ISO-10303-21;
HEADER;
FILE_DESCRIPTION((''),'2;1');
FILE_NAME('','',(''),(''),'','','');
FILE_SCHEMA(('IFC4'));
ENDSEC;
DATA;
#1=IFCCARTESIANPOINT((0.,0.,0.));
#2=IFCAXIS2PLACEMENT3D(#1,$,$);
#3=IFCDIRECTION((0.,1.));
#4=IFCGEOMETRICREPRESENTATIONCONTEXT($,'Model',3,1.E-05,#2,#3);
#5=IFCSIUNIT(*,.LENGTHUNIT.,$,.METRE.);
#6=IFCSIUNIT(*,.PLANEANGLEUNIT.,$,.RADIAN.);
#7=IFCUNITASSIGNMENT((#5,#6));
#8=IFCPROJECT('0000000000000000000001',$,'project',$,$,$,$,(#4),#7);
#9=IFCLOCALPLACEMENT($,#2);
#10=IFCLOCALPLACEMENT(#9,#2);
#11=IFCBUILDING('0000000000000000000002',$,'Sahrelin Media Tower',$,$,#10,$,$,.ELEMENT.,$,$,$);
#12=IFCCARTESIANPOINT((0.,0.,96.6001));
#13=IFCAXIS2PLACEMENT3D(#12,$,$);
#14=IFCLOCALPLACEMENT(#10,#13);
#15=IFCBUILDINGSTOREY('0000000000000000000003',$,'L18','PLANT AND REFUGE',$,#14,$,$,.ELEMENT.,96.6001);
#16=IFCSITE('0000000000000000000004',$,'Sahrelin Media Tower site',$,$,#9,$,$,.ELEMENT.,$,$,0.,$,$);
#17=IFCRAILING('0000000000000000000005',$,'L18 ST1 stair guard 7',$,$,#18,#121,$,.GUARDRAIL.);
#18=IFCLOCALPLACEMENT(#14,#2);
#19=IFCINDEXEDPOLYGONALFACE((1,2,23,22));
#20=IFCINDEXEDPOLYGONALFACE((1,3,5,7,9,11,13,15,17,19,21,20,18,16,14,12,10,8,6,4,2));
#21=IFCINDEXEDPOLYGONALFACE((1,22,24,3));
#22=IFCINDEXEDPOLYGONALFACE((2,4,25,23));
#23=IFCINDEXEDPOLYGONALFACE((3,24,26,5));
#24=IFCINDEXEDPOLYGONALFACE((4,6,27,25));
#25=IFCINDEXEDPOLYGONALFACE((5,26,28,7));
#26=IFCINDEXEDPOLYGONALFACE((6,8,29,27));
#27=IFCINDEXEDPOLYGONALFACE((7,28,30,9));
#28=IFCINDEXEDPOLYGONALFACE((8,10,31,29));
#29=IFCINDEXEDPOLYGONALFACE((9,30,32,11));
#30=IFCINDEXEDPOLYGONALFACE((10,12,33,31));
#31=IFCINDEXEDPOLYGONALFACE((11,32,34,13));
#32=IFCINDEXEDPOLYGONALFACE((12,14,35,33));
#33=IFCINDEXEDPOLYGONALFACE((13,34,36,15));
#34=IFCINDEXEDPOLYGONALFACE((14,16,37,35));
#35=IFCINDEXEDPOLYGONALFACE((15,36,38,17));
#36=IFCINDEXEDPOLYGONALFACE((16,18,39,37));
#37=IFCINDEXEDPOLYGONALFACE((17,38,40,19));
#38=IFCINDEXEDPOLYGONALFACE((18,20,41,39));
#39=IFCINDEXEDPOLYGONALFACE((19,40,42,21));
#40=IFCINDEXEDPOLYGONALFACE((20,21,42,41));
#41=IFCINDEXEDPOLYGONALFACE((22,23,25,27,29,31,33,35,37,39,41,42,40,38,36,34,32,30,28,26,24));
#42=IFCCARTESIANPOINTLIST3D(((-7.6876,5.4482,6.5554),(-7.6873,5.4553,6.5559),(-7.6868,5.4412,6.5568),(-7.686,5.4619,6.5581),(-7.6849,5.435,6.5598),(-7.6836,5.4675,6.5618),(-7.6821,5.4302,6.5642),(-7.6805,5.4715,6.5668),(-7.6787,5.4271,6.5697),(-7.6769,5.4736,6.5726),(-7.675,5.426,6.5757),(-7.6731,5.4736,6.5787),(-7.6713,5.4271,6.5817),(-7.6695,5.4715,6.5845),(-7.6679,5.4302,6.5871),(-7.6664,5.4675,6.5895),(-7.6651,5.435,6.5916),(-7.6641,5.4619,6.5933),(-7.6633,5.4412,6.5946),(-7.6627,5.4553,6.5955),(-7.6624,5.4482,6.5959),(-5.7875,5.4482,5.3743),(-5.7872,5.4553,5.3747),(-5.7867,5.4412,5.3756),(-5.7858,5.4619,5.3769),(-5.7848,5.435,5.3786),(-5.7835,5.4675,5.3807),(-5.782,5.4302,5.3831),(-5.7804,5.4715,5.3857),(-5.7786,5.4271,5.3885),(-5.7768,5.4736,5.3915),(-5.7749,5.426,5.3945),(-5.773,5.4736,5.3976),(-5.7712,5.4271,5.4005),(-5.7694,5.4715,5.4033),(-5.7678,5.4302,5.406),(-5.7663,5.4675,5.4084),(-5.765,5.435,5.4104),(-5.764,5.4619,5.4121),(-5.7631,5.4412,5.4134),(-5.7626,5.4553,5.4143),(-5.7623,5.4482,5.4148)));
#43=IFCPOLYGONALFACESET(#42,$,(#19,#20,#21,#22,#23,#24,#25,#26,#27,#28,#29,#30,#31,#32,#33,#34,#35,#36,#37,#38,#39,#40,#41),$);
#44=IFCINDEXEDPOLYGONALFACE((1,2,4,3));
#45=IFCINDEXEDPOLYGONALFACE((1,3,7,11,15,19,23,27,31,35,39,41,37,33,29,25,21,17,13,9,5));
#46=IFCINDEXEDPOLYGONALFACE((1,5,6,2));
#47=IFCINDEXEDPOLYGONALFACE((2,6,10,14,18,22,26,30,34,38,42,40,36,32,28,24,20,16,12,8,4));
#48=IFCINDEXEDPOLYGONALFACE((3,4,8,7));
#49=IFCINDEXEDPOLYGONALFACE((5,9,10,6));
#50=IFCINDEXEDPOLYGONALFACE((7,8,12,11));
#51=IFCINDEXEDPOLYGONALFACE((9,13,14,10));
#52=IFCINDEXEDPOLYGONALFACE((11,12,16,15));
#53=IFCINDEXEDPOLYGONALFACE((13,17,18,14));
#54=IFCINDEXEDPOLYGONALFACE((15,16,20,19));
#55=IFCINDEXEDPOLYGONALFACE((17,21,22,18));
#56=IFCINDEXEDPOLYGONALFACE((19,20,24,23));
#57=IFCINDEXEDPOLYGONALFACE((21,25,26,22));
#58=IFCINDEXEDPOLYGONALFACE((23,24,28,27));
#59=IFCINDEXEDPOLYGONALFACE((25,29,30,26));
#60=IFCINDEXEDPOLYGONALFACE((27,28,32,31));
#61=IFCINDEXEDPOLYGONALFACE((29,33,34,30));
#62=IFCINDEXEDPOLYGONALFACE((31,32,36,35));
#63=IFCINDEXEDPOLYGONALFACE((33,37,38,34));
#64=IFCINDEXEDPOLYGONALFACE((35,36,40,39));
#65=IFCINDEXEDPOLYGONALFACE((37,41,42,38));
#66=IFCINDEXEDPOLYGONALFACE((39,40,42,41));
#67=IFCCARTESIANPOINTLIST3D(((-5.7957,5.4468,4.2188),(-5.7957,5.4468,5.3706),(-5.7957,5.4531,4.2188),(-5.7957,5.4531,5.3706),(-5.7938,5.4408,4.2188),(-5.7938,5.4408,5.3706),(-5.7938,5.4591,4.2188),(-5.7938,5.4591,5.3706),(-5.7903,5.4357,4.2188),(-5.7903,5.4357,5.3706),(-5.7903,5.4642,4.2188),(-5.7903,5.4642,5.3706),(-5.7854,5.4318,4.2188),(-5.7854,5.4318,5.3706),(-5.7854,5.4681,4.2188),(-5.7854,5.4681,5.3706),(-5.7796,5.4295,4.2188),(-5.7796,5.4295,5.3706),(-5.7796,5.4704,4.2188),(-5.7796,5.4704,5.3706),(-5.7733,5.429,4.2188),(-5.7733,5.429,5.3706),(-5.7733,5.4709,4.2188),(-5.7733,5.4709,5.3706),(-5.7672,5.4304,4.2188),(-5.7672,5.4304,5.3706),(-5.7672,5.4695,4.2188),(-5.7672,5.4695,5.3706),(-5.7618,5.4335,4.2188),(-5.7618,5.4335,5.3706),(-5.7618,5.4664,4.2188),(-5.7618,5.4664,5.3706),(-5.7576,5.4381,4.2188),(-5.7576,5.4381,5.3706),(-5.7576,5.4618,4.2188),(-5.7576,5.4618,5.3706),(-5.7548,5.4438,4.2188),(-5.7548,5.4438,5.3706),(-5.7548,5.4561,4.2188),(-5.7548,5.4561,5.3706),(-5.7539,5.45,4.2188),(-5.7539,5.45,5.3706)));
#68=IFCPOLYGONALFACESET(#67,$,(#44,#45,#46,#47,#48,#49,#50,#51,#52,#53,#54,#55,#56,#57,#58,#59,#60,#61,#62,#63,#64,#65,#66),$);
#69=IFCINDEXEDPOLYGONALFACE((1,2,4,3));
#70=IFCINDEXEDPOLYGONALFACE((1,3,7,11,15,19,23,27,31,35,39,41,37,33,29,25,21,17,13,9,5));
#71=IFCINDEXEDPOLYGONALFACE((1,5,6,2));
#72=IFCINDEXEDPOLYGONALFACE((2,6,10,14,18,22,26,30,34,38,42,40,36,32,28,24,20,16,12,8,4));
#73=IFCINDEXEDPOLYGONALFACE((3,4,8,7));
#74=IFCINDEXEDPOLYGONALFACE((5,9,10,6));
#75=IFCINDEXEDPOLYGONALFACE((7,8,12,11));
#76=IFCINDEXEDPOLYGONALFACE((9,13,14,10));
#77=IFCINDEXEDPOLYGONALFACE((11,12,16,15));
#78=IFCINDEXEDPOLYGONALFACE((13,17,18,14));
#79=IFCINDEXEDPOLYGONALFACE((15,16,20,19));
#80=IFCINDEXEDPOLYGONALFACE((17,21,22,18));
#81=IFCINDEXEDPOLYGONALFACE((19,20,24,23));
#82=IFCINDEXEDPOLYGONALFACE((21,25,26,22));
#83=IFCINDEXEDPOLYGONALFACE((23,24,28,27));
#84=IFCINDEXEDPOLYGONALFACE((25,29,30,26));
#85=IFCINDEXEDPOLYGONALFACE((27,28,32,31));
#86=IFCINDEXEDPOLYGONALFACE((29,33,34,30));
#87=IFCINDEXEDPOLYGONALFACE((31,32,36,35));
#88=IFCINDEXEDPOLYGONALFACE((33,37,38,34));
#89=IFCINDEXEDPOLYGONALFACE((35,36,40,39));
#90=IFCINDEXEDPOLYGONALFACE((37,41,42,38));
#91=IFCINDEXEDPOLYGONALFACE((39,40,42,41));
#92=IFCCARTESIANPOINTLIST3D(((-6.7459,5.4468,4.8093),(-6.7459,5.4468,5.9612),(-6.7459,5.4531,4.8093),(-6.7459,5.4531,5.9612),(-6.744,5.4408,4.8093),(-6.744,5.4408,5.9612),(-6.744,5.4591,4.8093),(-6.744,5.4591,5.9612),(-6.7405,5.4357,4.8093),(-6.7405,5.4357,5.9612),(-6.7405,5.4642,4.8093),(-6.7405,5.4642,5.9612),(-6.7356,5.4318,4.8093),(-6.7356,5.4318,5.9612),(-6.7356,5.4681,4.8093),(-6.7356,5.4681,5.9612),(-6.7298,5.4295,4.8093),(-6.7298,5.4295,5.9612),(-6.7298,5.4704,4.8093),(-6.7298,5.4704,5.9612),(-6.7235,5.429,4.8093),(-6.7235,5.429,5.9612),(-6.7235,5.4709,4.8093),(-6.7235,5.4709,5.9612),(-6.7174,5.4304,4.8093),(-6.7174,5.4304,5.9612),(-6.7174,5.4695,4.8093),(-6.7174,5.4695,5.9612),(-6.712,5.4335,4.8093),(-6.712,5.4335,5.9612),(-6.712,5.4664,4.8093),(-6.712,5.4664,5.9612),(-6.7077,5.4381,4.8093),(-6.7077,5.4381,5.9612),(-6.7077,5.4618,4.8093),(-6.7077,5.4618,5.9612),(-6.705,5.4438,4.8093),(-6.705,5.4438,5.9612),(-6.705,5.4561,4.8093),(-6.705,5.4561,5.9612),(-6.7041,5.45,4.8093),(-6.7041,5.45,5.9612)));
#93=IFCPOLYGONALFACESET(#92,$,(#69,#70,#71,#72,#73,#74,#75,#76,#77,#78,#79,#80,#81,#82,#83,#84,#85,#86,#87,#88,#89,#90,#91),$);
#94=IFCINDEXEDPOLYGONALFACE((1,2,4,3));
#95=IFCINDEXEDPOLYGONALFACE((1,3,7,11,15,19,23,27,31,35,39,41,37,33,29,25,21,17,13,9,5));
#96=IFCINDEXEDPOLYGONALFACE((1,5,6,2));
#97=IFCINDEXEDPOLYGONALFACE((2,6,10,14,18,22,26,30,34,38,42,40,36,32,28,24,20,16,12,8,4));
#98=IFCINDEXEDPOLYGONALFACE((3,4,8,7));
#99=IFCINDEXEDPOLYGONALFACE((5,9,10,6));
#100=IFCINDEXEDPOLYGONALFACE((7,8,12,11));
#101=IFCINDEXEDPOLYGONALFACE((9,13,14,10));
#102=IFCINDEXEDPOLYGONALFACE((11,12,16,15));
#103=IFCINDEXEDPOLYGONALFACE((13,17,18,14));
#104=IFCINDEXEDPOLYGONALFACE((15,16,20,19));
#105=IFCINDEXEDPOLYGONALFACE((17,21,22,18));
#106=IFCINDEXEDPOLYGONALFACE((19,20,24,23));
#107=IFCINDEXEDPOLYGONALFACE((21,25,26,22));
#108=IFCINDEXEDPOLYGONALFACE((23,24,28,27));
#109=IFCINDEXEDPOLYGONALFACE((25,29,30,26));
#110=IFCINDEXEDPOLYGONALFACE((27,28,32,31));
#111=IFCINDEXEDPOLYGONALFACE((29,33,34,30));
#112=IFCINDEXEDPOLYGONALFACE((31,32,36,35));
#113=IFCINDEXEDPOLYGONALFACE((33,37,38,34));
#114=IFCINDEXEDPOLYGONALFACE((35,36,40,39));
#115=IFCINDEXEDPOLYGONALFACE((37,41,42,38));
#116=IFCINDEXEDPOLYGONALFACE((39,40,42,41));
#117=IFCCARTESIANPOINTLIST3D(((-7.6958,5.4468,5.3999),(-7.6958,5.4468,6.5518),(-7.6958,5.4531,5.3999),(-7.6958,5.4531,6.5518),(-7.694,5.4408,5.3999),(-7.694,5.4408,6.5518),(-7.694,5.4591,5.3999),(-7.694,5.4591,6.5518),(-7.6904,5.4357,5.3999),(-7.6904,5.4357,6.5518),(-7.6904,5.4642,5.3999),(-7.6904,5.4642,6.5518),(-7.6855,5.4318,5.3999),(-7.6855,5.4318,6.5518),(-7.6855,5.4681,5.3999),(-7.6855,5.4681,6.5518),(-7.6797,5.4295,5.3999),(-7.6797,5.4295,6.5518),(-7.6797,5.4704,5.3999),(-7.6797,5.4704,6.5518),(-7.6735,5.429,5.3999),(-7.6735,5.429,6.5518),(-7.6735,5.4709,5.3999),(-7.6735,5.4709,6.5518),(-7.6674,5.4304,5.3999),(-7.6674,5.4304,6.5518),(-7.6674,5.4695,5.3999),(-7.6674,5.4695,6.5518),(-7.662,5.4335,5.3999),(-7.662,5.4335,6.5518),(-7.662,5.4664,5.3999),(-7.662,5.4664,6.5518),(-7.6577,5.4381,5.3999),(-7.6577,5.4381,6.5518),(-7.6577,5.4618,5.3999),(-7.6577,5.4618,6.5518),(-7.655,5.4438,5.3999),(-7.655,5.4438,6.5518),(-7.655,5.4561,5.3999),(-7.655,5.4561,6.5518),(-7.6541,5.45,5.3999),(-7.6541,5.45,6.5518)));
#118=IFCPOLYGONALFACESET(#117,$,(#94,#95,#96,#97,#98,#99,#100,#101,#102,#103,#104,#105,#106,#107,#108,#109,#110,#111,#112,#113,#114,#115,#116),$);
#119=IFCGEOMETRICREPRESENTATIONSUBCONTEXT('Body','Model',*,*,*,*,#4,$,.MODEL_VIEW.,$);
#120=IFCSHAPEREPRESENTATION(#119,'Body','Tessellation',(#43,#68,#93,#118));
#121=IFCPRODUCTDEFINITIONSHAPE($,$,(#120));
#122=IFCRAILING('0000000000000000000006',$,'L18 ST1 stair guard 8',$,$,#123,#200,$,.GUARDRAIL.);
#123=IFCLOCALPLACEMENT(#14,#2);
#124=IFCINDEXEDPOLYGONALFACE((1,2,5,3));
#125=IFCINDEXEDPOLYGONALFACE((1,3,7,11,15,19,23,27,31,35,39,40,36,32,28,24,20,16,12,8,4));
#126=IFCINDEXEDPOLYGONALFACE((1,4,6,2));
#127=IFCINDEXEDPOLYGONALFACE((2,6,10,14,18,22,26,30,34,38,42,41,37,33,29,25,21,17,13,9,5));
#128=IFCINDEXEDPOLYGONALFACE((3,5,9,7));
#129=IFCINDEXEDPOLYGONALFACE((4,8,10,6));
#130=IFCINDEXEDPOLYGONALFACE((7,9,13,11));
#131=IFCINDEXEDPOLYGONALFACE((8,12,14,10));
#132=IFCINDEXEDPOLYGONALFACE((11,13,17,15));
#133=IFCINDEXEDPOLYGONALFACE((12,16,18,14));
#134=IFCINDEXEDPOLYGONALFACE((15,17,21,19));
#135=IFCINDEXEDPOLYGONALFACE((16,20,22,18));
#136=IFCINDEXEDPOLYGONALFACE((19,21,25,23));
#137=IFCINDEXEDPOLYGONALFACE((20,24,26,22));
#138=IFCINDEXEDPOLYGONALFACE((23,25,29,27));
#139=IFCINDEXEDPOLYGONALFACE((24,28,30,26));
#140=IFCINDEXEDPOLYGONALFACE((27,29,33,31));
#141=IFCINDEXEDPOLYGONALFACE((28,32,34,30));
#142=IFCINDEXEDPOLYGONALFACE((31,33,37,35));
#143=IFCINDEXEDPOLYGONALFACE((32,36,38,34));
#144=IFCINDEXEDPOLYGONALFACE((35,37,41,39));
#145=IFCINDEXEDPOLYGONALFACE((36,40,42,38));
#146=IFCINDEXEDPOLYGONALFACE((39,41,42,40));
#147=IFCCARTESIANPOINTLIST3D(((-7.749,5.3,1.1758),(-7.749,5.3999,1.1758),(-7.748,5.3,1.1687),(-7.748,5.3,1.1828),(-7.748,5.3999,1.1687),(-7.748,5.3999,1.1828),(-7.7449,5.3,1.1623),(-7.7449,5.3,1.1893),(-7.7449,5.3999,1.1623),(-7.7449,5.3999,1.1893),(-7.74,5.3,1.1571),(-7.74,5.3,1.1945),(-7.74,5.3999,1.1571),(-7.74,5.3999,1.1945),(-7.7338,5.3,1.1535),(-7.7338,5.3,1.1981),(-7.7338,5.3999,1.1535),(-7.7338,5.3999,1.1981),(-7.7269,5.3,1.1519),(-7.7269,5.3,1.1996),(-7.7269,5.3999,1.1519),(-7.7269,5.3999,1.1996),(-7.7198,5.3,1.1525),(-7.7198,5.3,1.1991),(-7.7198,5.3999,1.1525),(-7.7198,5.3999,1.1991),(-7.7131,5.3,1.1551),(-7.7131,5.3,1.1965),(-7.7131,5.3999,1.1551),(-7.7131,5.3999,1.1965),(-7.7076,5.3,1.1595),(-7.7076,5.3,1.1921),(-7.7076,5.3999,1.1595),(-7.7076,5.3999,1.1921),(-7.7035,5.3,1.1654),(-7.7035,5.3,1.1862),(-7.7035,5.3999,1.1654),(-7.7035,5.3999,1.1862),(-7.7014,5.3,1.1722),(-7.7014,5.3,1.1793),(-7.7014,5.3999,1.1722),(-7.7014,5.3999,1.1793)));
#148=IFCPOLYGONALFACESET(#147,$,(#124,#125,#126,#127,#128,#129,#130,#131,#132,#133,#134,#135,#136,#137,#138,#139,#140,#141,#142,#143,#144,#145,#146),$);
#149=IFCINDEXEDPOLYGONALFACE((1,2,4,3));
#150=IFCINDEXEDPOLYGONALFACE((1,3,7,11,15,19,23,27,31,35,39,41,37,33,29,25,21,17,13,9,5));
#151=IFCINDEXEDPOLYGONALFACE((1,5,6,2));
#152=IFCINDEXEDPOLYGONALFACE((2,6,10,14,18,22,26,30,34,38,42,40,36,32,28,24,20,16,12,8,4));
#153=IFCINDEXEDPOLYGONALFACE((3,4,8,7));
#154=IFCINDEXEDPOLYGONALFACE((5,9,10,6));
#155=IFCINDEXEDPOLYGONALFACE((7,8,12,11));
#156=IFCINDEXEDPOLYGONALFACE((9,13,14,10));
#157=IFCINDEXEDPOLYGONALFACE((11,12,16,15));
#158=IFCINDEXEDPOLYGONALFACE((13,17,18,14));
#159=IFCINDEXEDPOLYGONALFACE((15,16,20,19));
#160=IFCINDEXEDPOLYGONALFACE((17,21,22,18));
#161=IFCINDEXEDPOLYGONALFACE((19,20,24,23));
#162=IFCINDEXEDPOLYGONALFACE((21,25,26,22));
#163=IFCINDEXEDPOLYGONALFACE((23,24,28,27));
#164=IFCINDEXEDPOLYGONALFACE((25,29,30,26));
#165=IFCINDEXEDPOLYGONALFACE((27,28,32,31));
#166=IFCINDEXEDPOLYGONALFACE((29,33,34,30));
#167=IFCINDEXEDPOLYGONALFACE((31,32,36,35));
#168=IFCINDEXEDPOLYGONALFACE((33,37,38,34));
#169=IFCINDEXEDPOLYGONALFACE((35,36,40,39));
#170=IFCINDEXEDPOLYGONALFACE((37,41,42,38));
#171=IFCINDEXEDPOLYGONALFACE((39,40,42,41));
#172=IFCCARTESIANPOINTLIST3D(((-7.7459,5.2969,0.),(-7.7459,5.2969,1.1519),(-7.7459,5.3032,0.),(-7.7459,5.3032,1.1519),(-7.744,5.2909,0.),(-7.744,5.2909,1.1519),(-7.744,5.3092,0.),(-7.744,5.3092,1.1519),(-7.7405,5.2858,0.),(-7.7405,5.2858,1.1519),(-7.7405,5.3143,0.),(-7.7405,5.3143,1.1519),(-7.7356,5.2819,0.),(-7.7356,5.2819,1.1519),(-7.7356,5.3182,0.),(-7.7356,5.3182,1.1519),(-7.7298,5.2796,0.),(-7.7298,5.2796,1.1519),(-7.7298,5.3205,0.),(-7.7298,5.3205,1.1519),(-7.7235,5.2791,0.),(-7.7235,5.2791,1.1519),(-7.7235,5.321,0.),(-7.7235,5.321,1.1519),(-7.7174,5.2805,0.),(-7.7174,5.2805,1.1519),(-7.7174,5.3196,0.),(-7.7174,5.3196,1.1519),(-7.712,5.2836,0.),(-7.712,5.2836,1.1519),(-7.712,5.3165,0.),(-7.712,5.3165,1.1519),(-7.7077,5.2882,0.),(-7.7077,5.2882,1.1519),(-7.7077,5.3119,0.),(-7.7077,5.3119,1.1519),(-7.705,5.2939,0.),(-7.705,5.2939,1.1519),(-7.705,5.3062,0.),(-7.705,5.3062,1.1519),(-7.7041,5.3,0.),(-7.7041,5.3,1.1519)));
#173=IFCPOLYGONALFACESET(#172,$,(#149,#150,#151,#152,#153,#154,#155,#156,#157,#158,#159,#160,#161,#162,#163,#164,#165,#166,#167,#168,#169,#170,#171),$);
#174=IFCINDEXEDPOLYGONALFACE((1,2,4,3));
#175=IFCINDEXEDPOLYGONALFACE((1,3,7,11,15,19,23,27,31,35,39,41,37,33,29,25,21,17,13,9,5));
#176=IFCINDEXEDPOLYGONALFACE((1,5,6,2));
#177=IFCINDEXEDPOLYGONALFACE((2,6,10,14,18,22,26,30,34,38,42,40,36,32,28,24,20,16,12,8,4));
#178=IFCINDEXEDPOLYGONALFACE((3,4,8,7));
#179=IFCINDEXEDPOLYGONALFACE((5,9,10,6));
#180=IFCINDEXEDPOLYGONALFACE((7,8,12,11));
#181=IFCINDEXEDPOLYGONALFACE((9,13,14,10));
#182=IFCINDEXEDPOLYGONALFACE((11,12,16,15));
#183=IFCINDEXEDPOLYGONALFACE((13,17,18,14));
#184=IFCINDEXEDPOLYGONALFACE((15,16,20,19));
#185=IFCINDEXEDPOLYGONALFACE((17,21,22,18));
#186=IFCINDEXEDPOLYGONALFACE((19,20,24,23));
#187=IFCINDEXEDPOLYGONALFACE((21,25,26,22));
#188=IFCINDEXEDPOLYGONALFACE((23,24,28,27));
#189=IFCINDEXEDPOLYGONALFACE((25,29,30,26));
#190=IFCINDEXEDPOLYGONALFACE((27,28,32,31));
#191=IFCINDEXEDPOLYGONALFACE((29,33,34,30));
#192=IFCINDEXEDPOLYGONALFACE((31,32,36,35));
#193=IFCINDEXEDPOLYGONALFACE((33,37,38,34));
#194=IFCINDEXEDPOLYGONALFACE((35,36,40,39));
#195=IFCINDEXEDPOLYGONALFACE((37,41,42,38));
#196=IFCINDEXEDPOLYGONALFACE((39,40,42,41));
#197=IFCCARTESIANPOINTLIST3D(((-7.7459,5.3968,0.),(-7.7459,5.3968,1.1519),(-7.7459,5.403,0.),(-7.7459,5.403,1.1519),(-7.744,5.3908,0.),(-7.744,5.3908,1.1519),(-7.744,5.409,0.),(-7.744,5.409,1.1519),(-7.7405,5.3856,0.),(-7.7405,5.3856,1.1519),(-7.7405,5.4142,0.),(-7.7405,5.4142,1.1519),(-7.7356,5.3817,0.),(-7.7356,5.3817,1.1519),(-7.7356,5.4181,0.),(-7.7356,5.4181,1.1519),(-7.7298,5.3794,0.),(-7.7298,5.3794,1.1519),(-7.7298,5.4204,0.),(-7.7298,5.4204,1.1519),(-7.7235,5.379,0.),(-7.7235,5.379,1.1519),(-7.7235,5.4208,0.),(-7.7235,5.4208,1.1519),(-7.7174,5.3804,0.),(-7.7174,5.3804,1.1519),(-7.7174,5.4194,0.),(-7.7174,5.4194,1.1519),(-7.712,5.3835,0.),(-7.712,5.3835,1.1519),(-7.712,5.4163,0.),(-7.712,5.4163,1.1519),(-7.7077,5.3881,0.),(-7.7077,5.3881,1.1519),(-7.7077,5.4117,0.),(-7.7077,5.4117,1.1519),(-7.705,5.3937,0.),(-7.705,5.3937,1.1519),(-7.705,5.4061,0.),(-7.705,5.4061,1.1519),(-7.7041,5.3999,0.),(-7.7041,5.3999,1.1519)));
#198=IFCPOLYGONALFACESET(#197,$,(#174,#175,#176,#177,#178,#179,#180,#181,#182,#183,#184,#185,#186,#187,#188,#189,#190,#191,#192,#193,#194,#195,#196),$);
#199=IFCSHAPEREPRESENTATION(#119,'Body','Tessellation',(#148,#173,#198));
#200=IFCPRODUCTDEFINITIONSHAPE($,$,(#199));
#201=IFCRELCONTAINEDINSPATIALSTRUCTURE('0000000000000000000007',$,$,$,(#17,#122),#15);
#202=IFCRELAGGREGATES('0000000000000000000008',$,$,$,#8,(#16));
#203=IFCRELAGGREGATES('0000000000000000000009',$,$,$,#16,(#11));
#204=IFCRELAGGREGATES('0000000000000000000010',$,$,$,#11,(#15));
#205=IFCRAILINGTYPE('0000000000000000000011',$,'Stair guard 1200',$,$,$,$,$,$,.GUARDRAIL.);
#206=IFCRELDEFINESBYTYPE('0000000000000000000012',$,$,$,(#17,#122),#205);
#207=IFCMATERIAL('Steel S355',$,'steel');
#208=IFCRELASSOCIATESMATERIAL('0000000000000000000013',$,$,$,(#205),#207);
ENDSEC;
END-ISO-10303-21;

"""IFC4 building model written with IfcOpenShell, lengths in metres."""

from ifc_helpers import new_model, si_unit, direction, frame, origin, origin_2d, place, context, subcontext, project, spatial, circle, extrude, material, type_object, element, save


model = new_model("IFC4")

# Units and contexts
model_context = context("Model", 3, precision=1e-05, world=origin(), true_north=direction((0.0, 1.0)))
body_context = subcontext(model_context, "Body", "Model", "MODEL_VIEW")
ifc_project = project(units=[si_unit("LENGTHUNIT", "METRE"), si_unit("PLANEANGLEUNIT", "RADIAN")], contexts=[model_context])

# Site, building, storey
site_placement = place(None, origin())
site = spatial("IfcSite", under=ifc_project, at=site_placement, Name="Sahrelin Media Tower site", CompositionType="ELEMENT", RefElevation=0.0)
building_placement = place(site_placement, origin())
building = spatial("IfcBuilding", under=site, at=building_placement, Name="Sahrelin Media Tower", CompositionType="ELEMENT")
storey_placement = place(building_placement, frame((0.0, 0.0, 96.6001)))
storey = spatial("IfcBuildingStorey", under=building, at=storey_placement, Name="L18", Description="PLANT AND REFUGE", CompositionType="ELEMENT", Elevation=96.6001)

# Railings
ifc_material_1 = material(Name="Steel S355", Category="steel")
railing_type_1 = type_object("IfcRailingType", Name="Stair guard 1200", PredefinedType="GUARDRAIL", material=ifc_material_1)
railing_1_placement = place(storey_placement, frame((-5.7749, 5.45, 4.2188)))
element("IfcRailing", 1, at=railing_1_placement, inside=storey, type_object=railing_type_1, Name="L18 ST1 stair guard 7", PredefinedType="GUARDRAIL", context=body_context, shape_type="SweptSolid", body=[
    extrude(circle(Radius=0.0239, at=origin_2d()), frame((0.0, 0.0, 1.1758), z_axis=(-0.849289, 0.0, 0.527928), x_axis=(0.0, -1.0, 0.0)), (0.0, 0.0, 1.0), 2.2373),
    extrude(circle(Radius=0.021, at=origin_2d()), origin(), (0.0, 0.0, 1.0), 1.1519),
    extrude(circle(Radius=0.021, at=origin_2d()), frame((-0.9502, 0.0, 0.5906)), (0.0, 0.0, 1.0), 1.1519),
    extrude(circle(Radius=0.021, at=origin_2d()), frame((-1.9001, 0.0, 1.1812)), (0.0, 0.0, 1.0), 1.1519),
])
railing_2_placement = place(storey_placement, frame((-7.7251, 5.3, 0.0)))
element("IfcRailing", 2, at=railing_2_placement, inside=storey, type_object=railing_type_1, Name="L18 ST1 stair guard 8", PredefinedType="GUARDRAIL", context=body_context, shape_type="SweptSolid", body=[
    extrude(circle(Radius=0.0239, at=origin_2d()), frame((0.0, 0.0, 1.1758), z_axis=(0.0, 1.0, 0.0), x_axis=(-1.0, 0.0, 0.0)), (0.0, 0.0, 1.0), 0.0999),
    extrude(circle(Radius=0.021, at=origin_2d()), origin(), (0.0, 0.0, 1.0), 1.1519),
    extrude(circle(Radius=0.021, at=origin_2d()), frame((0.0, 0.0999, 0.0)), (0.0, 0.0, 1.0), 1.1519),
])

save(model, "model.ifc")
